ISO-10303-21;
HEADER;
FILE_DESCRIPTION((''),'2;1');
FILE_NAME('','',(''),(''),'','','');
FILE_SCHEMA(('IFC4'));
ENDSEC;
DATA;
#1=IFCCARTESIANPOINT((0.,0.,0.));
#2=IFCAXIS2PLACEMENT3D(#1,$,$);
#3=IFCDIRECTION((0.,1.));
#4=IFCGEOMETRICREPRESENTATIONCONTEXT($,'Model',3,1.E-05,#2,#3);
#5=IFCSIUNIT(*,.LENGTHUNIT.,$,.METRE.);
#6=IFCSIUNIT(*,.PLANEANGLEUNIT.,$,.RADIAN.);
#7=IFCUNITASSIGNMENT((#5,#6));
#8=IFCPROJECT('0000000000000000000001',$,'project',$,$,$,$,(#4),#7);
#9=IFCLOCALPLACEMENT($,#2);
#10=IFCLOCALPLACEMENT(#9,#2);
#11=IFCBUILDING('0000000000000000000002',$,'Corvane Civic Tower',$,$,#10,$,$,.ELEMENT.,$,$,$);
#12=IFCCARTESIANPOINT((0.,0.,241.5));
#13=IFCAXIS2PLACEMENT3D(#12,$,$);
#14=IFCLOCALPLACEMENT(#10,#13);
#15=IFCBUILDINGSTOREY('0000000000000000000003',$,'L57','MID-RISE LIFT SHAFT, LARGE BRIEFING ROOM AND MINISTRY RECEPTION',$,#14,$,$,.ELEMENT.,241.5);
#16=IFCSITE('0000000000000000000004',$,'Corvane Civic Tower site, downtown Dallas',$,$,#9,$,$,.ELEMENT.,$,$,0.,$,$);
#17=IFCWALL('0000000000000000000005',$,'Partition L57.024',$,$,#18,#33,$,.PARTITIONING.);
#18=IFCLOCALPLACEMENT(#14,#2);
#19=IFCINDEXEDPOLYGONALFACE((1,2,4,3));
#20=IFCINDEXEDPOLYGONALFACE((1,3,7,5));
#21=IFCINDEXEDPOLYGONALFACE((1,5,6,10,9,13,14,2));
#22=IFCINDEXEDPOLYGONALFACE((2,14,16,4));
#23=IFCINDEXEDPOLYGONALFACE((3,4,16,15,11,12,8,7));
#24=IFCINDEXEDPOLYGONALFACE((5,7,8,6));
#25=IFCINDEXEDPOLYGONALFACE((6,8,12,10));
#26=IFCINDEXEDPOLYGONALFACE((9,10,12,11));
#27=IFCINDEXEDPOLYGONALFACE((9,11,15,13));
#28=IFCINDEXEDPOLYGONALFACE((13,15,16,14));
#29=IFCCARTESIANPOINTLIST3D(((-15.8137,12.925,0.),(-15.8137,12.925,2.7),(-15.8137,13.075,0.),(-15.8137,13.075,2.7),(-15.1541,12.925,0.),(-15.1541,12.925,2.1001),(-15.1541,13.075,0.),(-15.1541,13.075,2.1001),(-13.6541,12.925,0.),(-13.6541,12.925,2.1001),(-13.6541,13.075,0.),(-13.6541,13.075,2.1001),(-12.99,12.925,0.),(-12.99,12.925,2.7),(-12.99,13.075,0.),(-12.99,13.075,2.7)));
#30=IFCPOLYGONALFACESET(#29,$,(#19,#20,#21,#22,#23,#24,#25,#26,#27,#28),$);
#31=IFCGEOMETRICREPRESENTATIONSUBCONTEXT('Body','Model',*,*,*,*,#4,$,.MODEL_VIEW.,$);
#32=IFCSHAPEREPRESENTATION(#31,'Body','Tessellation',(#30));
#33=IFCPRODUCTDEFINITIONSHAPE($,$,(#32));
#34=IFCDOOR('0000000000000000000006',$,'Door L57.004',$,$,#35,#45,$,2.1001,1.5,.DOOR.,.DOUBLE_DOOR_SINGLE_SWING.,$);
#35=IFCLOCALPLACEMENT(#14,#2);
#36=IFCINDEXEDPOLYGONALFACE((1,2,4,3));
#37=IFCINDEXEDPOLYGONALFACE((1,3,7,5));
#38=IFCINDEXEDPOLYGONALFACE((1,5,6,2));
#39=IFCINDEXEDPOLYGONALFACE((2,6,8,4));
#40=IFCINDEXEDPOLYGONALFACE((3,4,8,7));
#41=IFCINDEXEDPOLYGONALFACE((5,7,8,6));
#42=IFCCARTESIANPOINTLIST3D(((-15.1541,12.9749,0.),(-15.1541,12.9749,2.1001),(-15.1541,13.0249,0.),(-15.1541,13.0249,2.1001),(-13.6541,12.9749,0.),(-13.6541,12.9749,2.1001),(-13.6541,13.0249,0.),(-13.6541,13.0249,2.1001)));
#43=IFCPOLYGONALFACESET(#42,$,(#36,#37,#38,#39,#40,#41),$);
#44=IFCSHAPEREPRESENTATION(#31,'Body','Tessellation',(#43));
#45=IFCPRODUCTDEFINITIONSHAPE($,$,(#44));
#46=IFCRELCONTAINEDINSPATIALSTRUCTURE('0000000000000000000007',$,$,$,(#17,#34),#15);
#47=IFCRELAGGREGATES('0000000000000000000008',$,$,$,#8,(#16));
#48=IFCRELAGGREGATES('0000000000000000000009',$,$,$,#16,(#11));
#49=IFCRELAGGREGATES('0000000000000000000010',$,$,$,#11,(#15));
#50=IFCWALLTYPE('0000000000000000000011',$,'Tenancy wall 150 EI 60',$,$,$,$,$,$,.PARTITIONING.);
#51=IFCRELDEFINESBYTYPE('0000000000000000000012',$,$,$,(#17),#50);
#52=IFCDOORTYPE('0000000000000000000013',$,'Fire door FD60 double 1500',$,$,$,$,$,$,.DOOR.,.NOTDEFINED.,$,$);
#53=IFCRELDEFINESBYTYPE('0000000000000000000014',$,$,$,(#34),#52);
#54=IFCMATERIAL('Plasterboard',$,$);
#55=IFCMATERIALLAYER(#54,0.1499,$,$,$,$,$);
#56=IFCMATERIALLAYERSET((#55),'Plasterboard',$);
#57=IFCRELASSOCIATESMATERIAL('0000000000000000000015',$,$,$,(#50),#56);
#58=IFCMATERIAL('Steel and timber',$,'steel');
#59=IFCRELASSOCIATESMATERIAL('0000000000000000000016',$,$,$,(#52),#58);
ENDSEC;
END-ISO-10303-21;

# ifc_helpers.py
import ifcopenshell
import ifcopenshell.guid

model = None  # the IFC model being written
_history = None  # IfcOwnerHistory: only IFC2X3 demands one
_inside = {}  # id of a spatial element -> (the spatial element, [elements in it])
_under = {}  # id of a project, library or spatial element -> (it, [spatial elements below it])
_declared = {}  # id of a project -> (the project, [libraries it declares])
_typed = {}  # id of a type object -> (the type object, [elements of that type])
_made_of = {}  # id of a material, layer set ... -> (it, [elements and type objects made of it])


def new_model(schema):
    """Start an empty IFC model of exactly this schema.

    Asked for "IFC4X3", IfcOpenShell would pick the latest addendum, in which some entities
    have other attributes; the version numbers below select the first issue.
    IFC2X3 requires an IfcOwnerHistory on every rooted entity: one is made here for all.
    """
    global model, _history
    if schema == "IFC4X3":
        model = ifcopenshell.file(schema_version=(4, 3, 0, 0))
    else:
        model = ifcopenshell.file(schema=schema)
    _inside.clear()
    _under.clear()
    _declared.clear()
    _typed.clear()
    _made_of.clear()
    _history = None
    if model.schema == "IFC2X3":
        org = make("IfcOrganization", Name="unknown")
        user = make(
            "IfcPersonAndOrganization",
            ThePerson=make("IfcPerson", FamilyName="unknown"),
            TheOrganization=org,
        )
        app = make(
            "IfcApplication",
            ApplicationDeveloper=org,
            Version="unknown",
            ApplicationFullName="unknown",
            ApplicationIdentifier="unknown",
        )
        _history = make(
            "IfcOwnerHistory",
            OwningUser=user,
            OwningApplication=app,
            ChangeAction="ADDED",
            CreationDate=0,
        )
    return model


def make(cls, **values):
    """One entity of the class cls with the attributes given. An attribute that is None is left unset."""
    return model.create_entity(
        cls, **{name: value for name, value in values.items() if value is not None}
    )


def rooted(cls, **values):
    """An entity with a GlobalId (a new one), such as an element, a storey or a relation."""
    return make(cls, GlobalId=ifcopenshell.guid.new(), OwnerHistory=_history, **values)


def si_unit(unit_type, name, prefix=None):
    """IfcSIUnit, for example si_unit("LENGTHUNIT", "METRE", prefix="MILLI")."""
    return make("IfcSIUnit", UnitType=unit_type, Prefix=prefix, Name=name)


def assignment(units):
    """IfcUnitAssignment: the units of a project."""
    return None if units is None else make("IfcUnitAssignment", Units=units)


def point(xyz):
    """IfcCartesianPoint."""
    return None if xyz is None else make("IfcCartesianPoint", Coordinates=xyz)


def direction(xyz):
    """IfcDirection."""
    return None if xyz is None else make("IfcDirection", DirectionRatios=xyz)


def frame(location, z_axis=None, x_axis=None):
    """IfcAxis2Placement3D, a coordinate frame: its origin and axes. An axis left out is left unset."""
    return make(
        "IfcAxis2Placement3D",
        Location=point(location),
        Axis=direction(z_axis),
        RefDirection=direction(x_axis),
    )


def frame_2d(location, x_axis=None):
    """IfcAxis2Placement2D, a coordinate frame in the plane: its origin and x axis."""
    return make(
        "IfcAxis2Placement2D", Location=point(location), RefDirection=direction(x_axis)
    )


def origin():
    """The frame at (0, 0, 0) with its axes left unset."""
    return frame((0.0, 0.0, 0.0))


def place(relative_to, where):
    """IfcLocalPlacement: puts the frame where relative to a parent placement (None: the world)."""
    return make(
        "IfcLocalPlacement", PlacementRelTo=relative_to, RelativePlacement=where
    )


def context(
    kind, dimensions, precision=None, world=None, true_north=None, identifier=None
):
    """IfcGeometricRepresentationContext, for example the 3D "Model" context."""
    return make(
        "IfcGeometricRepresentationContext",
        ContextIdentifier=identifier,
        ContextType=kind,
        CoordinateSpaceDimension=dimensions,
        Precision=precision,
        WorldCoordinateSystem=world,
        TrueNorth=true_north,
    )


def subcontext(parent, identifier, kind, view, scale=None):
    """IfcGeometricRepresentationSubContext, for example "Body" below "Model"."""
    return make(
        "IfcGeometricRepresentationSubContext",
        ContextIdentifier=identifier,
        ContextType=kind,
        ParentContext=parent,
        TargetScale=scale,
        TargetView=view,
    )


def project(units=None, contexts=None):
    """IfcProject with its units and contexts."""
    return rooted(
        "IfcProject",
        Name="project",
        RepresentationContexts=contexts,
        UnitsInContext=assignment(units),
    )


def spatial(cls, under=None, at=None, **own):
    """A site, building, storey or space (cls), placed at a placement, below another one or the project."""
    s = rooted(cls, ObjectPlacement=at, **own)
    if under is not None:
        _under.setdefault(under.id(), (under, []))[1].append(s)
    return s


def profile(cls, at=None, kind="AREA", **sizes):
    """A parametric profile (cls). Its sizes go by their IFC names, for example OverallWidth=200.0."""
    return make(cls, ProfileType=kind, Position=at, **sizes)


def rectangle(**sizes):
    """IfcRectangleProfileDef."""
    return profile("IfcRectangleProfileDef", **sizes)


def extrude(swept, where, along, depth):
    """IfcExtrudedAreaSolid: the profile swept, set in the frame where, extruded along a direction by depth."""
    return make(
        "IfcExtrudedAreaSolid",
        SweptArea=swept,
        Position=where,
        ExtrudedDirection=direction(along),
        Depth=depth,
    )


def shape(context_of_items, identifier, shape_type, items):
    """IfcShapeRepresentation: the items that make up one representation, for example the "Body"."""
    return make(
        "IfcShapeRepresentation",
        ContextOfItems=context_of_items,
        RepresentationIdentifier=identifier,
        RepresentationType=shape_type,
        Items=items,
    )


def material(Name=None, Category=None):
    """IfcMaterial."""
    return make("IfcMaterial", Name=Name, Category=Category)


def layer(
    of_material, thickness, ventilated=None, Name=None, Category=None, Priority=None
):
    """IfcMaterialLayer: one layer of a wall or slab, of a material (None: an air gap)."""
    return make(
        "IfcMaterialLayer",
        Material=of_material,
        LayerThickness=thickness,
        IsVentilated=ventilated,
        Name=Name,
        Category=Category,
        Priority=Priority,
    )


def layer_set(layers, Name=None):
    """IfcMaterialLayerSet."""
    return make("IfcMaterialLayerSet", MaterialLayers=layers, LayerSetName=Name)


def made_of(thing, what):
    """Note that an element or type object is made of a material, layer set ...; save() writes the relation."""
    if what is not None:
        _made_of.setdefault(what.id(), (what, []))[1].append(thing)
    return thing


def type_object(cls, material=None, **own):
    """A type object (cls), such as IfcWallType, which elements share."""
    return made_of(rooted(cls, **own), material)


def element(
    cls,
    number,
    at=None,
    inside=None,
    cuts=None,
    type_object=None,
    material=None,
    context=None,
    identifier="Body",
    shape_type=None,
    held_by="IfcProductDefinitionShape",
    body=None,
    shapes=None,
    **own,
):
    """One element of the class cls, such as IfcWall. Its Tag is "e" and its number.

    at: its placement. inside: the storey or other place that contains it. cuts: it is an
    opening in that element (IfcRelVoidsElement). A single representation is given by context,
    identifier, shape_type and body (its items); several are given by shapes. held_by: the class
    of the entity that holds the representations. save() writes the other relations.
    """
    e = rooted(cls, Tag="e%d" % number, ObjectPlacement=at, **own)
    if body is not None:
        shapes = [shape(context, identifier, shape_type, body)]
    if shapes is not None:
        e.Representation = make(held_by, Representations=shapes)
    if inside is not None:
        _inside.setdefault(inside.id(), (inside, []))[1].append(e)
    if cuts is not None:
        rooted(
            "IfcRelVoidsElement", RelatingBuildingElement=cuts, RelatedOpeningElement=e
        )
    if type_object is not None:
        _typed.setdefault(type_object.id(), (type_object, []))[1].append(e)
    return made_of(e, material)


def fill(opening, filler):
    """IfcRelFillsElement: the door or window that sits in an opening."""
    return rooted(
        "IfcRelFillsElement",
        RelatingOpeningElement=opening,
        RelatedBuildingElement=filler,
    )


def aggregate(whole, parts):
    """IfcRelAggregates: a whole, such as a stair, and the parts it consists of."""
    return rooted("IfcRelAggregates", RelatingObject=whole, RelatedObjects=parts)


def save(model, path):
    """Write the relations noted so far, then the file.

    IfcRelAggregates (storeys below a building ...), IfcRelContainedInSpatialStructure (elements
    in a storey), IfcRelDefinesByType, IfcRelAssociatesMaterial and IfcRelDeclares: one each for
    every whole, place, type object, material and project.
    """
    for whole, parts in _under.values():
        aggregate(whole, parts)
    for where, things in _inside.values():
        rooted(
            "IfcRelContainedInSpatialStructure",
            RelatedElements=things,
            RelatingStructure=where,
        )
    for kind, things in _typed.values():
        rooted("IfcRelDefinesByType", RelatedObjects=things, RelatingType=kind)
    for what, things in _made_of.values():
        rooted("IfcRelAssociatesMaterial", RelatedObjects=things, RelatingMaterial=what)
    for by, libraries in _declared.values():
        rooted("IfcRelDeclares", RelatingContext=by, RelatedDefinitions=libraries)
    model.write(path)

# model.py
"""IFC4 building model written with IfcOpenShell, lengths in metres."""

from ifc_helpers import new_model, si_unit, direction, frame, frame_2d, origin, place, context, subcontext, project, spatial, rectangle, extrude, material, layer, layer_set, type_object, element, fill, save


model = new_model("IFC4")

# Units and contexts
model_context = context("Model", 3, precision=1e-05, world=origin(), true_north=direction((0.0, 1.0)))
body_context = subcontext(model_context, "Body", "Model", "MODEL_VIEW")
ifc_project = project(units=[si_unit("LENGTHUNIT", "METRE"), si_unit("PLANEANGLEUNIT", "RADIAN")], contexts=[model_context])

# Site, building, storey
site_placement = place(None, origin())
site = spatial("IfcSite", under=ifc_project, at=site_placement, Name="Corvane Civic Tower site, downtown Dallas", CompositionType="ELEMENT", RefElevation=0.0)
building_placement = place(site_placement, origin())
building = spatial("IfcBuilding", under=site, at=building_placement, Name="Corvane Civic Tower", CompositionType="ELEMENT")
storey_placement = place(building_placement, frame((0.0, 0.0, 241.5)))
storey = spatial("IfcBuildingStorey", under=building, at=storey_placement, Name="L57", Description="MID-RISE LIFT SHAFT, LARGE BRIEFING ROOM AND MINISTRY RECEPTION", CompositionType="ELEMENT", Elevation=241.5)

# Wall, opening, door
ifc_material_1 = material(Name="Plasterboard")
ifc_layer_1 = layer(ifc_material_1, 0.1499)
ifc_layer_set_1 = layer_set([ifc_layer_1], Name="Plasterboard")
wall_type_1 = type_object("IfcWallType", Name="Tenancy wall 150 EI 60", PredefinedType="PARTITIONING", material=ifc_layer_set_1)
wall_1_placement = place(storey_placement, frame((-15.8137, 13.0, 0.0), z_axis=(0.0, 0.0, 1.0), x_axis=(1.0, 0.0, 0.0)))
wall_1 = element("IfcWall", 1, at=wall_1_placement, inside=storey, type_object=wall_type_1, Name="Partition L57.024", PredefinedType="PARTITIONING", context=body_context, shape_type="SweptSolid", body=[
    extrude(rectangle(XDim=2.8237, YDim=0.1499, at=frame_2d((1.4119, 0.0))), origin(), (0.0, 0.0, 1.0), 2.7),
])
opening_1_placement = place(wall_1_placement, frame((0.6597, 0.0, 0.0)))
opening_1 = element("IfcOpeningElement", 2, at=opening_1_placement, cuts=wall_1, PredefinedType="OPENING", context=body_context, shape_type="SweptSolid", body=[
    extrude(rectangle(XDim=1.5, YDim=2.1001, at=frame_2d((0.75, 1.05))), frame((0.0, 0.085, 0.0), z_axis=(0.0, -1.0, 0.0), x_axis=(1.0, 0.0, 0.0)), (0.0, 0.0, 1.0), 0.1699),
])
ifc_material_2 = material(Name="Steel and timber", Category="steel")
door_type_1 = type_object("IfcDoorType", Name="Fire door FD60 double 1500", OperationType="NOTDEFINED", PredefinedType="DOOR", material=ifc_material_2)
door_1_placement = place(opening_1_placement, origin())
door_1 = element("IfcDoor", 3, at=door_1_placement, inside=storey, type_object=door_type_1, Name="Door L57.004", OperationType="DOUBLE_DOOR_SINGLE_SWING", OverallHeight=2.1001, OverallWidth=1.5, PredefinedType="DOOR", context=body_context, shape_type="SweptSolid", body=[
    extrude(rectangle(XDim=1.5, YDim=2.1001, at=frame_2d((0.75, 1.05))), frame((0.0, 0.0249, 0.0), z_axis=(0.0, -1.0, 0.0), x_axis=(1.0, 0.0, 0.0)), (0.0, 0.0, 1.0), 0.05),
])
fill(opening_1, door_1)

save(model, "model.ifc")
